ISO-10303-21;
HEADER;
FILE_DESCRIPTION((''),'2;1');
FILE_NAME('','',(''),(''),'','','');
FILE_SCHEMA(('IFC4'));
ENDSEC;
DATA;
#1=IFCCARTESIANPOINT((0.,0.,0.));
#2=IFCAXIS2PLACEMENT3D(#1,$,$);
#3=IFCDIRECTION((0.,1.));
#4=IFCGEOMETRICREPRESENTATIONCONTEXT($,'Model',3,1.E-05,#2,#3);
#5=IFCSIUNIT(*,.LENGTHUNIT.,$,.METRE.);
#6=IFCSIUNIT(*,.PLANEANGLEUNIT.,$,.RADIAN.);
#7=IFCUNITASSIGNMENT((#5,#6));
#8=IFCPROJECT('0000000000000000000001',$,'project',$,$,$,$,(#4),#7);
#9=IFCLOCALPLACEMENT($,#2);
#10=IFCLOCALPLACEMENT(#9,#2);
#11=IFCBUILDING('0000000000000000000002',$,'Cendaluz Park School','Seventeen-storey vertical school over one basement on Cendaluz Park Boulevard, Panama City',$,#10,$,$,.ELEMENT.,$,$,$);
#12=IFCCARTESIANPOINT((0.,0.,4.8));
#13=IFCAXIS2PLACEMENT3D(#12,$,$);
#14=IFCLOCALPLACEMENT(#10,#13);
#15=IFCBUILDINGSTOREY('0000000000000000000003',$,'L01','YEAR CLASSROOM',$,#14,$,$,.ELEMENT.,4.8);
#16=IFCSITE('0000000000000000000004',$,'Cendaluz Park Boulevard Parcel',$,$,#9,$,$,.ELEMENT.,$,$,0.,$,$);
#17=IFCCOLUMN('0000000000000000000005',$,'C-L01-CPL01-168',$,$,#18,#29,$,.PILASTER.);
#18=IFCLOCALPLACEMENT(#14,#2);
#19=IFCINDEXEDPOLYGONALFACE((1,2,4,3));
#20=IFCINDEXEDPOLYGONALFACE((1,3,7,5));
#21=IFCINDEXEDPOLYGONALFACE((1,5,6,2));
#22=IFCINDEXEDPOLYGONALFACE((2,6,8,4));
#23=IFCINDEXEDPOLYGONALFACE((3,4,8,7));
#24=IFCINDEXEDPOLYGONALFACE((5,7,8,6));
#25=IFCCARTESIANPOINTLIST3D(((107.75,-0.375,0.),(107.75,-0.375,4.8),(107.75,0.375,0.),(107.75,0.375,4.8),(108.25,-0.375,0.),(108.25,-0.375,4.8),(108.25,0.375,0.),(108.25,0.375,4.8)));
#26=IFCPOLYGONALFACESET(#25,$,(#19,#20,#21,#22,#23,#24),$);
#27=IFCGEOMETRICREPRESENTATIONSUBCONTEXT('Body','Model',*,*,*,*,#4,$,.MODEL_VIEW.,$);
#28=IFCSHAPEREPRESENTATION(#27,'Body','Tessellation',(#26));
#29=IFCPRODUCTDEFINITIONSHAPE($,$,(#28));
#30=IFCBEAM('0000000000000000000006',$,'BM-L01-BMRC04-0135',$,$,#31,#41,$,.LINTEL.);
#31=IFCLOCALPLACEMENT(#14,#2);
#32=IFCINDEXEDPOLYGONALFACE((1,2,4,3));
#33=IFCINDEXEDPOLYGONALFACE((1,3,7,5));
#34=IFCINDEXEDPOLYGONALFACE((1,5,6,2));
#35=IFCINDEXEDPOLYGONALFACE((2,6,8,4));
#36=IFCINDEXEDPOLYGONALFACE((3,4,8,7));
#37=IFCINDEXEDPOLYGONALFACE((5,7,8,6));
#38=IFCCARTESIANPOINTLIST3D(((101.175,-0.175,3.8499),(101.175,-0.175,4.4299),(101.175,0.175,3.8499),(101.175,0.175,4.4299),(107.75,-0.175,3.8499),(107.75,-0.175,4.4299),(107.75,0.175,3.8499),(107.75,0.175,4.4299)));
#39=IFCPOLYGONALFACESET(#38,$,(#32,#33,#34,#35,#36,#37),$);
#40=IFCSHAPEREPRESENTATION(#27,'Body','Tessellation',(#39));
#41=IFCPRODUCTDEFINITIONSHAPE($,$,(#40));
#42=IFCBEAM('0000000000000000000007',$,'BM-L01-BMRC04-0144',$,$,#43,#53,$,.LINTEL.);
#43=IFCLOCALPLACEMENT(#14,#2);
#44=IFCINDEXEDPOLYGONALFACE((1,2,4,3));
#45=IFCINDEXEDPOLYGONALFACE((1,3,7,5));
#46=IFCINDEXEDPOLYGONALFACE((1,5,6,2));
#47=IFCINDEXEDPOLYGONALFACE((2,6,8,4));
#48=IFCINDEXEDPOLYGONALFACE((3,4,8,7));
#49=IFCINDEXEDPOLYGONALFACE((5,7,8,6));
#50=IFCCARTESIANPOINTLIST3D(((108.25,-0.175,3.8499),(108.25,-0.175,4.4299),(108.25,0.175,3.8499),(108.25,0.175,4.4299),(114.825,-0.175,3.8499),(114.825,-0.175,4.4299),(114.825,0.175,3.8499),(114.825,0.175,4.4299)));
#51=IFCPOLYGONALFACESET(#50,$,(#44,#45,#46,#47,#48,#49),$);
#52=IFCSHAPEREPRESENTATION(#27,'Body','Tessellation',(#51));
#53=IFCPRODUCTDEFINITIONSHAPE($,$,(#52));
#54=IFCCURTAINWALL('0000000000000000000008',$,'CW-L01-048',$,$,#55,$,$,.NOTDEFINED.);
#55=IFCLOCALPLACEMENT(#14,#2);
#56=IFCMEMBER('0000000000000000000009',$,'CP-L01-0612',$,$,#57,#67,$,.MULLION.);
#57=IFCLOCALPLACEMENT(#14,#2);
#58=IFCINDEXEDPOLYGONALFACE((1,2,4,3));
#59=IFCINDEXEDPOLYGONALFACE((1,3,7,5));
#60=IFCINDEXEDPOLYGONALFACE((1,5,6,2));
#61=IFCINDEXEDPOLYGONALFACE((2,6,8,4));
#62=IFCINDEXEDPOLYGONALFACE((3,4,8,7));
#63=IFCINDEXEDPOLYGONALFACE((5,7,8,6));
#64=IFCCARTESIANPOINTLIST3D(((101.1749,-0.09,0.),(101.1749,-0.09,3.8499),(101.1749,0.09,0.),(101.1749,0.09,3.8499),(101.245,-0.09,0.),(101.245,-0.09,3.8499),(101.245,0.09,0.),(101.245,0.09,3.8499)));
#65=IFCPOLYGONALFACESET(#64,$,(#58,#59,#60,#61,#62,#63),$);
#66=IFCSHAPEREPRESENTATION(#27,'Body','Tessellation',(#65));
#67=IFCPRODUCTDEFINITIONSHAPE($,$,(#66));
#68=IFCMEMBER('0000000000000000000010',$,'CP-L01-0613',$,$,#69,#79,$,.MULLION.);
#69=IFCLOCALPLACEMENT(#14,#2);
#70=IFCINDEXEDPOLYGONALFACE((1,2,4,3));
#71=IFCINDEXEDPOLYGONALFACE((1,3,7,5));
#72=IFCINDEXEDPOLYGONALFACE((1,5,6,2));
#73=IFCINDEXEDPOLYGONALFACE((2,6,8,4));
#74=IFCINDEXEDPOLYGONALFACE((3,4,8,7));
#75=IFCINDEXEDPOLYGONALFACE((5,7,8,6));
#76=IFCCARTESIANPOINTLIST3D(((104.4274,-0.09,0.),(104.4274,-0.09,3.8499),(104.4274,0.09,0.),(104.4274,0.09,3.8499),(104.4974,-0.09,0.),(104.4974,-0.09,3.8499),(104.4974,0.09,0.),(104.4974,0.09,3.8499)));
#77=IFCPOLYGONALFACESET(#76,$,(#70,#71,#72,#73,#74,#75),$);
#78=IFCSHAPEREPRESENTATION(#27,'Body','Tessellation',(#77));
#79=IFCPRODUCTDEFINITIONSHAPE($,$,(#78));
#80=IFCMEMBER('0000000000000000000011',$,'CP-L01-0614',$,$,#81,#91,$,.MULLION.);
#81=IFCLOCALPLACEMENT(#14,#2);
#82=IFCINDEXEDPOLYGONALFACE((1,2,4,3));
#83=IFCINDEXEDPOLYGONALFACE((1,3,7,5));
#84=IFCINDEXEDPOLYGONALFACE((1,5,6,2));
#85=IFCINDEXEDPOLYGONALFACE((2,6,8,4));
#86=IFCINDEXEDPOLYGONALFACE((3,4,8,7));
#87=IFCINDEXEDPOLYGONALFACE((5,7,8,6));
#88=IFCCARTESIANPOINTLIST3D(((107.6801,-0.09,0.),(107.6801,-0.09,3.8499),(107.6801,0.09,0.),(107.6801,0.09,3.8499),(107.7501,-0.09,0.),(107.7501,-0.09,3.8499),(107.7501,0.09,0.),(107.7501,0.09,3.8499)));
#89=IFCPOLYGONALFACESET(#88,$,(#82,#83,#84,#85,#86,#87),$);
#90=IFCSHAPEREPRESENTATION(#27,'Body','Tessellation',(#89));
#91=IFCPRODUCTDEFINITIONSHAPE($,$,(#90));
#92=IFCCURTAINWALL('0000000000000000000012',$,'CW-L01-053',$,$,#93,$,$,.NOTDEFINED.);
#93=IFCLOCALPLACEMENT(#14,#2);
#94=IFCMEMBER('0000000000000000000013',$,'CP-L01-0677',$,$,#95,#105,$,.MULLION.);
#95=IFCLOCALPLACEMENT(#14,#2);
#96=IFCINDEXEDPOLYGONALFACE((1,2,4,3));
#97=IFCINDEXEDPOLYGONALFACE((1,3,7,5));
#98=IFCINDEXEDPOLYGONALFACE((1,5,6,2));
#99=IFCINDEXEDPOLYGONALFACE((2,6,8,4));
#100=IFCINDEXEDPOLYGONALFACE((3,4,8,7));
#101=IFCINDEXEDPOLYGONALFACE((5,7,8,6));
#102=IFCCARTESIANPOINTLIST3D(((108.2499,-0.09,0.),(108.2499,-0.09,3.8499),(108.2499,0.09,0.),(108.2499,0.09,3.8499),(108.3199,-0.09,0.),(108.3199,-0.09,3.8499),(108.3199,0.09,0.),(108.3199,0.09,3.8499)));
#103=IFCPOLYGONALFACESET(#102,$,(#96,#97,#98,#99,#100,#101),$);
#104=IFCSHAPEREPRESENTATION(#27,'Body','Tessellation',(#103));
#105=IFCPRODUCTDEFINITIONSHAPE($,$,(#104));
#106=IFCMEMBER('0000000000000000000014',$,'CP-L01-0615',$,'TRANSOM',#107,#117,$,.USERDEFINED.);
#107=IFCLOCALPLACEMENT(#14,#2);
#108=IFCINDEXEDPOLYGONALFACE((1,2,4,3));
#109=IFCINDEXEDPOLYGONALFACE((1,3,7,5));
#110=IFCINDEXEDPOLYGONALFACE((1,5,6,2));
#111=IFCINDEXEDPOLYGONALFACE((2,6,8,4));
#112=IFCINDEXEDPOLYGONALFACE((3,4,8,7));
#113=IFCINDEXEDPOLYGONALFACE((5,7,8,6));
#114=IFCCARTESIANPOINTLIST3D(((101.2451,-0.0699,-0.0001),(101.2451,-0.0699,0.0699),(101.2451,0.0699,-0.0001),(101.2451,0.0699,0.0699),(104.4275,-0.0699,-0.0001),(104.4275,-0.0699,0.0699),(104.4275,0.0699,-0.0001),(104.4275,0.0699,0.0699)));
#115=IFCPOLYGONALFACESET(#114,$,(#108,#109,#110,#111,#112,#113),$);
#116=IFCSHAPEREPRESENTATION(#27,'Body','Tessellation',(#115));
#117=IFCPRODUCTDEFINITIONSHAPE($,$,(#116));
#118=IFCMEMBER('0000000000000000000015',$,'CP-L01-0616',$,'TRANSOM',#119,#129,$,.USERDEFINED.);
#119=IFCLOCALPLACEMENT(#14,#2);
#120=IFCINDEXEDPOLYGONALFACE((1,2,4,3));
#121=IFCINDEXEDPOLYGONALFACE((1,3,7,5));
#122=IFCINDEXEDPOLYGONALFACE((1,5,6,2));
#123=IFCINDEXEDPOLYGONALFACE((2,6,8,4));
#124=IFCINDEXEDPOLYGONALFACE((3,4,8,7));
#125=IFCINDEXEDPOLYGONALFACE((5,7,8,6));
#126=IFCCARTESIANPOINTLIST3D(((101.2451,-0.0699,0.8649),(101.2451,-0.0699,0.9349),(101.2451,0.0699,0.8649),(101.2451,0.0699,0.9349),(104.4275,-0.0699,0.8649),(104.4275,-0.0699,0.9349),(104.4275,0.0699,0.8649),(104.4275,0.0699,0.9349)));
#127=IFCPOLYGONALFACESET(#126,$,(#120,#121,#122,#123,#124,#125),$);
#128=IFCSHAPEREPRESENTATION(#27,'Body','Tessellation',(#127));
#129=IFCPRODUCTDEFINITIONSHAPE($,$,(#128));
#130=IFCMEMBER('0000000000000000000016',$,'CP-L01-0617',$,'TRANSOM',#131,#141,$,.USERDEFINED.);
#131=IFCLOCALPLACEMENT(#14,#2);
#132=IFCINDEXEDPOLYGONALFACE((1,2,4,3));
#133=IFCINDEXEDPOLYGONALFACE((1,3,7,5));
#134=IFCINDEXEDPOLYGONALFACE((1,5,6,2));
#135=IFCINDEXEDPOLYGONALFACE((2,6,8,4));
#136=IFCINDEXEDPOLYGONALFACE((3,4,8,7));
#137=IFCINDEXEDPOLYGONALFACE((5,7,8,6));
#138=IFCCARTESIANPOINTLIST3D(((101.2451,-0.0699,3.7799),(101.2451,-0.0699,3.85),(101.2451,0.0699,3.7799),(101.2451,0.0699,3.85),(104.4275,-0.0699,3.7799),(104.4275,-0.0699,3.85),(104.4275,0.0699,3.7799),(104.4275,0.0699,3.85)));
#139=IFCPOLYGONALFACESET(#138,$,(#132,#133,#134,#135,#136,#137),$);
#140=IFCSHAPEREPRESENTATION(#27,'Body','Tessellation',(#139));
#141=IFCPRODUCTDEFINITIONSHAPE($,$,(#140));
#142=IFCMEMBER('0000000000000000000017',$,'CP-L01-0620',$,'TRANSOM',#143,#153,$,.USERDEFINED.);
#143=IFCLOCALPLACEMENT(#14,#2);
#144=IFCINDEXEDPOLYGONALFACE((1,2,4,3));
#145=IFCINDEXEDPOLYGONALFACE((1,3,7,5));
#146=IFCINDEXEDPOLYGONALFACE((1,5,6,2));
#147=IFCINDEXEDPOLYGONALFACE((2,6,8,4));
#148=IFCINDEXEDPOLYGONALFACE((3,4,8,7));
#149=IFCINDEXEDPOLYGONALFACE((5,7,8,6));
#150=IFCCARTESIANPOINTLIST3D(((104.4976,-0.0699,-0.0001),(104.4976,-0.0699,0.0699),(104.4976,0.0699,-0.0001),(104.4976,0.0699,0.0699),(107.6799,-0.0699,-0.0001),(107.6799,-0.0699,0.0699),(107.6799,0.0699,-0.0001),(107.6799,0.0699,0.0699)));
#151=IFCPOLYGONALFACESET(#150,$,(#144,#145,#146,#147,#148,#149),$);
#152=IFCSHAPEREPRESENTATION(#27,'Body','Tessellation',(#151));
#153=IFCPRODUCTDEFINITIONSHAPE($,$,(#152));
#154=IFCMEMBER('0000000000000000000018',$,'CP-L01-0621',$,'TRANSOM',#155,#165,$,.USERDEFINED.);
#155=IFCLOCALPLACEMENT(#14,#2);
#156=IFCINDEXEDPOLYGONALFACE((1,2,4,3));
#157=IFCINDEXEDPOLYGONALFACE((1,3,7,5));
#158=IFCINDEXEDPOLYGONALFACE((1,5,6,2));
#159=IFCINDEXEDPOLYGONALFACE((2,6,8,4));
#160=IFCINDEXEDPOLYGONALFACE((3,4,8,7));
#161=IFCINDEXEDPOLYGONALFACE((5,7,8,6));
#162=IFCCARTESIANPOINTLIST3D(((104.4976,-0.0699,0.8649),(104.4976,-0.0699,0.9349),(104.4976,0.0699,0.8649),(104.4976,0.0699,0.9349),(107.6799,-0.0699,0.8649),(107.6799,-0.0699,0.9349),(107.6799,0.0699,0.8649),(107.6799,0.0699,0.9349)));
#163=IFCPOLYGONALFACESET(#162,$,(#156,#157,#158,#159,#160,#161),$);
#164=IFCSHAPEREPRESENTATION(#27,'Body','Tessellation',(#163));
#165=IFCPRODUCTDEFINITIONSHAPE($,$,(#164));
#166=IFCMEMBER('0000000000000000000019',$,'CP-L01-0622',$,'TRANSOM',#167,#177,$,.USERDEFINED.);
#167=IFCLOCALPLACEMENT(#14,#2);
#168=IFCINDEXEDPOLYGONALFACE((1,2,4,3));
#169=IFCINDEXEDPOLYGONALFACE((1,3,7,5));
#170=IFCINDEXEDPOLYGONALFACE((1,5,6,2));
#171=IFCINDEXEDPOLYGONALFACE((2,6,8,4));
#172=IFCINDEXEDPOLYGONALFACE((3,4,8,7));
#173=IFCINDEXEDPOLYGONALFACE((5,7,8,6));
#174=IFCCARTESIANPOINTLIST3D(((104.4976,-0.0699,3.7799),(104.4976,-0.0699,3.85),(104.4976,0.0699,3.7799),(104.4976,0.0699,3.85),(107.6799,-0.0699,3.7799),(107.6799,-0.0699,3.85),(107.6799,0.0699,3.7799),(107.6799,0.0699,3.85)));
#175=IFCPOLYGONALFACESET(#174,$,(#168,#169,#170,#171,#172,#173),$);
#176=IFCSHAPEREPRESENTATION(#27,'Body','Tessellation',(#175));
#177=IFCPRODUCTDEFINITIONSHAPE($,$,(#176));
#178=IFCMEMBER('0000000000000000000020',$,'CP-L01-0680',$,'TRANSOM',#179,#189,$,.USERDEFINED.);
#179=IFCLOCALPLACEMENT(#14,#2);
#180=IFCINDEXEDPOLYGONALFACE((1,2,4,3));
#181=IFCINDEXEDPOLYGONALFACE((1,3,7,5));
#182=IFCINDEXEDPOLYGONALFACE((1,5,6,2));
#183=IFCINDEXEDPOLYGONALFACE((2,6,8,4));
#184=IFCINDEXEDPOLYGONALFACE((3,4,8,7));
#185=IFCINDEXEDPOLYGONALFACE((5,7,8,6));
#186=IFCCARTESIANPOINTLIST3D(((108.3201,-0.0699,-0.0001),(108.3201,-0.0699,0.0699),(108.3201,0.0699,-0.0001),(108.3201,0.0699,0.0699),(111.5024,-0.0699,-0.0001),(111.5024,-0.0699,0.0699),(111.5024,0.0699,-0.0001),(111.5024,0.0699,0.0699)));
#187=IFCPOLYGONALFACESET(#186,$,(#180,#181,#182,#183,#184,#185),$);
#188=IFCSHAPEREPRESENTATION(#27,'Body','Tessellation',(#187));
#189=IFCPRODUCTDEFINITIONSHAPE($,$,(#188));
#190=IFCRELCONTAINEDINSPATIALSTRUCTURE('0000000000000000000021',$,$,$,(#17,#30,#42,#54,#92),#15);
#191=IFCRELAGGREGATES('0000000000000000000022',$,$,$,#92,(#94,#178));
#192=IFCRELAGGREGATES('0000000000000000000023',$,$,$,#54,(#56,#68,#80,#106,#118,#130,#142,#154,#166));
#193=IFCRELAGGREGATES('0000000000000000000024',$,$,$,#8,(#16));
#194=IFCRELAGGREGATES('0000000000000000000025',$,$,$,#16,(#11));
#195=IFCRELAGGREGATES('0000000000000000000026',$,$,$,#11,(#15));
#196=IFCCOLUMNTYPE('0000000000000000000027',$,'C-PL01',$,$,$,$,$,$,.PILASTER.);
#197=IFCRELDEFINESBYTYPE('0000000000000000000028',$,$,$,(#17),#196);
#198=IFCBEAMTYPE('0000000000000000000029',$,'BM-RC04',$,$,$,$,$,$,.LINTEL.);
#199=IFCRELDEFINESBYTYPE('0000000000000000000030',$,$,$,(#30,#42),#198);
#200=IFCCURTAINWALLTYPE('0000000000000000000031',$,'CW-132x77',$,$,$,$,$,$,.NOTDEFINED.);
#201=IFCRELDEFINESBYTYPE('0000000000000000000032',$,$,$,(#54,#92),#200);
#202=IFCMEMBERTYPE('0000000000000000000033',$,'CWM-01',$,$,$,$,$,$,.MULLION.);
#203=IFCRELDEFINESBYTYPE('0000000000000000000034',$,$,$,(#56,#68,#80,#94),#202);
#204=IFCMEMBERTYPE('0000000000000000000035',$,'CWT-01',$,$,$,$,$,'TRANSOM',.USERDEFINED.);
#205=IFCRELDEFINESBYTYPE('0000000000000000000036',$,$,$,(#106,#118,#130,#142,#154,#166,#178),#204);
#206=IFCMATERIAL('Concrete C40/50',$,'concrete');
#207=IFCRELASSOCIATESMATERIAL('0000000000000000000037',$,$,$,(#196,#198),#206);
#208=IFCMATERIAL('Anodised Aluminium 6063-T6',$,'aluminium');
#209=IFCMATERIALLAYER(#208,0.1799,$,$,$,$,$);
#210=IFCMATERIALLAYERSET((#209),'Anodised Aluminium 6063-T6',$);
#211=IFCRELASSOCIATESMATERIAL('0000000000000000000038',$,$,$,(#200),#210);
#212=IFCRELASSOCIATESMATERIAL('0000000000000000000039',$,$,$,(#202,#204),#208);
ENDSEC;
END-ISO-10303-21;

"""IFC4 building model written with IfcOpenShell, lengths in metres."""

from ifc_helpers import new_model, si_unit, direction, frame, origin, origin_2d, place, context, subcontext, project, spatial, rectangle, extrude, material, layer, layer_set, material_profile, profile_set, type_object, element, aggregate, save


model = new_model("IFC4")

# Units and contexts
model_context = context("Model", 3, precision=1e-05, world=origin(), true_north=direction((0.0, 1.0)))
body_context = subcontext(model_context, "Body", "Model", "MODEL_VIEW")
ifc_project = project(units=[si_unit("LENGTHUNIT", "METRE"), si_unit("PLANEANGLEUNIT", "RADIAN")], contexts=[model_context])

# Site, building, storey
site_placement = place(None, origin())
site = spatial("IfcSite", under=ifc_project, at=site_placement, Name="Cendaluz Park Boulevard Parcel", CompositionType="ELEMENT", RefElevation=0.0)
building_placement = place(site_placement, origin())
building = spatial("IfcBuilding", under=site, at=building_placement, Name="Cendaluz Park School", Description="Seventeen-storey vertical school over one basement on Cendaluz Park Boulevard, Panama City", CompositionType="ELEMENT")
storey_placement = place(building_placement, frame((0.0, 0.0, 4.8)))
storey = spatial("IfcBuildingStorey", under=building, at=storey_placement, Name="L01", Description="YEAR CLASSROOM", CompositionType="ELEMENT", Elevation=4.8)

# Column
ifc_material_1 = material(Name="Concrete C40/50", Category="concrete")
ifc_material_profile_1 = material_profile(ifc_material_1, rectangle(XDim=0.5, YDim=0.75, at=origin_2d()), Name="RC 500x750", Category="concrete")
ifc_profile_set_1 = profile_set([ifc_material_profile_1], Name="Concrete C40/50")
column_type = type_object("IfcColumnType", Name="C-PL01", PredefinedType="PILASTER", material=ifc_profile_set_1)
column_placement = place(storey_placement, frame((108.0, 0.0, 0.0), z_axis=(0.0, 0.0, 1.0), x_axis=(1.0, 0.0, 0.0)))
element("IfcColumn", 1, at=column_placement, inside=storey, type_object=column_type, Name="C-L01-CPL01-168", PredefinedType="PILASTER", context=body_context, shape_type="SweptSolid", body=[
    extrude(rectangle(XDim=0.5, YDim=0.75, at=origin_2d()), origin(), (0.0, 0.0, 1.0), 4.8),
])

# Beams
ifc_material_profile_2 = material_profile(ifc_material_1, rectangle(XDim=0.3501, YDim=0.5801, at=origin_2d()), Name="RC 350x580", Category="concrete")
ifc_profile_set_2 = profile_set([ifc_material_profile_2], Name="Concrete C40/50")
beam_type = type_object("IfcBeamType", Name="BM-RC04", PredefinedType="LINTEL", material=ifc_profile_set_2)
for number, where, z_axis, x_axis, name in (
    (2, (101.175, 0.0, 4.1399), (1.0, 0.0, 0.0), (0.0, 1.0, 0.0), "BM-L01-BMRC04-0135"),
    (3, (108.25, 0.0, 4.1399), (1.0, 0.0, 0.0), (0.0, 1.0, 0.0), "BM-L01-BMRC04-0144"),
):
    element("IfcBeam", number, at=place(storey_placement, frame(where, z_axis=z_axis, x_axis=x_axis)), inside=storey, type_object=beam_type, Name=name, PredefinedType="LINTEL", context=body_context, shape_type="SweptSolid", body=[
        extrude(rectangle(XDim=0.3501, YDim=0.5801, at=origin_2d()), origin(), (0.0, 0.0, 1.0), 6.575),
    ])

# Curtain wall, members
ifc_material_2 = material(Name="Anodised Aluminium 6063-T6", Category="aluminium")
ifc_layer_1 = layer(ifc_material_2, 0.1799)
ifc_layer_set_1 = layer_set([ifc_layer_1], Name="Anodised Aluminium 6063-T6")
curtain_wall_type = type_object("IfcCurtainWallType", Name="CW-132x77", PredefinedType="NOTDEFINED", material=ifc_layer_set_1)
curtain_wall_1_placement = place(storey_placement, origin())
curtain_wall_1 = element("IfcCurtainWall", 4, at=curtain_wall_1_placement, inside=storey, type_object=curtain_wall_type, Name="CW-L01-048", PredefinedType="NOTDEFINED")
ifc_material_profile_3 = material_profile(ifc_material_2, rectangle(XDim=0.1799, YDim=0.0701, at=origin_2d()), Name="CWM 180x70", Category="aluminium")
ifc_profile_set_3 = profile_set([ifc_material_profile_3], Name="Anodised Aluminium 6063-T6")
member_type_1 = type_object("IfcMemberType", Name="CWM-01", PredefinedType="MULLION", material=ifc_profile_set_3)
member_1_placement = place(storey_placement, frame((101.21, 0.0, 0.0), z_axis=(0.0, 0.0, 1.0), x_axis=(0.0, 1.0, 0.0)))
member_1 = element("IfcMember", 5, at=member_1_placement, type_object=member_type_1, Name="CP-L01-0612", PredefinedType="MULLION", context=body_context, shape_type="SweptSolid", body=[
    extrude(rectangle(XDim=0.1799, YDim=0.0701, at=origin_2d()), origin(), (0.0, 0.0, 1.0), 3.8499),
])
member_2_placement = place(storey_placement, frame((104.4624, 0.0, 0.0), z_axis=(0.0, 0.0, 1.0), x_axis=(0.0, 1.0, 0.0)))
member_2 = element("IfcMember", 6, at=member_2_placement, type_object=member_type_1, Name="CP-L01-0613", PredefinedType="MULLION", context=body_context, shape_type="SweptSolid", body=[
    extrude(rectangle(XDim=0.1799, YDim=0.0701, at=origin_2d()), origin(), (0.0, 0.0, 1.0), 3.8499),
])
member_3_placement = place(storey_placement, frame((107.7151, 0.0, 0.0), z_axis=(0.0, 0.0, 1.0), x_axis=(0.0, 1.0, 0.0)))
member_3 = element("IfcMember", 7, at=member_3_placement, type_object=member_type_1, Name="CP-L01-0614", PredefinedType="MULLION", context=body_context, shape_type="SweptSolid", body=[
    extrude(rectangle(XDim=0.1799, YDim=0.0701, at=origin_2d()), origin(), (0.0, 0.0, 1.0), 3.8499),
])

# Curtain wall, member
curtain_wall_2_placement = place(storey_placement, origin())
curtain_wall_2 = element("IfcCurtainWall", 8, at=curtain_wall_2_placement, inside=storey, type_object=curtain_wall_type, Name="CW-L01-053", PredefinedType="NOTDEFINED")
member_4_placement = place(storey_placement, frame((108.2849, 0.0, 0.0), z_axis=(0.0, 0.0, 1.0), x_axis=(0.0, 1.0, 0.0)))
member_4 = element("IfcMember", 9, at=member_4_placement, type_object=member_type_1, Name="CP-L01-0677", PredefinedType="MULLION", context=body_context, shape_type="SweptSolid", body=[
    extrude(rectangle(XDim=0.1799, YDim=0.0701, at=origin_2d()), origin(), (0.0, 0.0, 1.0), 3.8499),
])

# Members
ifc_material_profile_4 = material_profile(ifc_material_2, rectangle(XDim=0.1399, YDim=0.0701, at=origin_2d()), Name="CWT 140x70", Category="aluminium")
ifc_profile_set_4 = profile_set([ifc_material_profile_4], Name="Anodised Aluminium 6063-T6")
member_type_2 = type_object("IfcMemberType", Name="CWT-01", ElementType="TRANSOM", PredefinedType="USERDEFINED", material=ifc_profile_set_4)
member_5_placement = place(storey_placement, frame((101.2451, 0.0, 0.0349), z_axis=(1.0, 0.0, 0.0), x_axis=(0.0, 1.0, 0.0)))
member_5 = element("IfcMember", 10, at=member_5_placement, type_object=member_type_2, Name="CP-L01-0615", ObjectType="TRANSOM", PredefinedType="USERDEFINED", context=body_context, shape_type="SweptSolid", body=[
    extrude(rectangle(XDim=0.1399, YDim=0.0701, at=origin_2d()), origin(), (0.0, 0.0, 1.0), 3.1824),
])
member_6_placement = place(storey_placement, frame((101.2451, 0.0, 0.8999), z_axis=(1.0, 0.0, 0.0), x_axis=(0.0, 1.0, 0.0)))
member_6 = element("IfcMember", 11, at=member_6_placement, type_object=member_type_2, Name="CP-L01-0616", ObjectType="TRANSOM", PredefinedType="USERDEFINED", context=body_context, shape_type="SweptSolid", body=[
    extrude(rectangle(XDim=0.1399, YDim=0.0701, at=origin_2d()), origin(), (0.0, 0.0, 1.0), 3.1824),
])
member_7_placement = place(storey_placement, frame((101.2451, 0.0, 3.8149), z_axis=(1.0, 0.0, 0.0), x_axis=(0.0, 1.0, 0.0)))
member_7 = element("IfcMember", 12, at=member_7_placement, type_object=member_type_2, Name="CP-L01-0617", ObjectType="TRANSOM", PredefinedType="USERDEFINED", context=body_context, shape_type="SweptSolid", body=[
    extrude(rectangle(XDim=0.1399, YDim=0.0701, at=origin_2d()), origin(), (0.0, 0.0, 1.0), 3.1824),
])
member_8_placement = place(storey_placement, frame((104.4976, 0.0, 0.0349), z_axis=(1.0, 0.0, 0.0), x_axis=(0.0, 1.0, 0.0)))
member_8 = element("IfcMember", 13, at=member_8_placement, type_object=member_type_2, Name="CP-L01-0620", ObjectType="TRANSOM", PredefinedType="USERDEFINED", context=body_context, shape_type="SweptSolid", body=[
    extrude(rectangle(XDim=0.1399, YDim=0.0701, at=origin_2d()), origin(), (0.0, 0.0, 1.0), 3.1824),
])
member_9_placement = place(storey_placement, frame((104.4976, 0.0, 0.8999), z_axis=(1.0, 0.0, 0.0), x_axis=(0.0, 1.0, 0.0)))
member_9 = element("IfcMember", 14, at=member_9_placement, type_object=member_type_2, Name="CP-L01-0621", ObjectType="TRANSOM", PredefinedType="USERDEFINED", context=body_context, shape_type="SweptSolid", body=[
    extrude(rectangle(XDim=0.1399, YDim=0.0701, at=origin_2d()), origin(), (0.0, 0.0, 1.0), 3.1824),
])
member_10_placement = place(storey_placement, frame((104.4976, 0.0, 3.8149), z_axis=(1.0, 0.0, 0.0), x_axis=(0.0, 1.0, 0.0)))
member_10 = element("IfcMember", 15, at=member_10_placement, type_object=member_type_2, Name="CP-L01-0622", ObjectType="TRANSOM", PredefinedType="USERDEFINED", context=body_context, shape_type="SweptSolid", body=[
    extrude(rectangle(XDim=0.1399, YDim=0.0701, at=origin_2d()), origin(), (0.0, 0.0, 1.0), 3.1824),
])
member_11_placement = place(storey_placement, frame((108.3201, 0.0, 0.0349), z_axis=(1.0, 0.0, 0.0), x_axis=(0.0, 1.0, 0.0)))
member_11 = element("IfcMember", 16, at=member_11_placement, type_object=member_type_2, Name="CP-L01-0680", ObjectType="TRANSOM", PredefinedType="USERDEFINED", context=body_context, shape_type="SweptSolid", body=[
    extrude(rectangle(XDim=0.1399, YDim=0.0701, at=origin_2d()), origin(), (0.0, 0.0, 1.0), 3.1824),
])
aggregate(curtain_wall_2, [member_4, member_11])

aggregate(curtain_wall_1, [member_1, member_2, member_3, member_5, member_6, member_7, member_8, member_9, member_10])

save(model, "model.ifc")
